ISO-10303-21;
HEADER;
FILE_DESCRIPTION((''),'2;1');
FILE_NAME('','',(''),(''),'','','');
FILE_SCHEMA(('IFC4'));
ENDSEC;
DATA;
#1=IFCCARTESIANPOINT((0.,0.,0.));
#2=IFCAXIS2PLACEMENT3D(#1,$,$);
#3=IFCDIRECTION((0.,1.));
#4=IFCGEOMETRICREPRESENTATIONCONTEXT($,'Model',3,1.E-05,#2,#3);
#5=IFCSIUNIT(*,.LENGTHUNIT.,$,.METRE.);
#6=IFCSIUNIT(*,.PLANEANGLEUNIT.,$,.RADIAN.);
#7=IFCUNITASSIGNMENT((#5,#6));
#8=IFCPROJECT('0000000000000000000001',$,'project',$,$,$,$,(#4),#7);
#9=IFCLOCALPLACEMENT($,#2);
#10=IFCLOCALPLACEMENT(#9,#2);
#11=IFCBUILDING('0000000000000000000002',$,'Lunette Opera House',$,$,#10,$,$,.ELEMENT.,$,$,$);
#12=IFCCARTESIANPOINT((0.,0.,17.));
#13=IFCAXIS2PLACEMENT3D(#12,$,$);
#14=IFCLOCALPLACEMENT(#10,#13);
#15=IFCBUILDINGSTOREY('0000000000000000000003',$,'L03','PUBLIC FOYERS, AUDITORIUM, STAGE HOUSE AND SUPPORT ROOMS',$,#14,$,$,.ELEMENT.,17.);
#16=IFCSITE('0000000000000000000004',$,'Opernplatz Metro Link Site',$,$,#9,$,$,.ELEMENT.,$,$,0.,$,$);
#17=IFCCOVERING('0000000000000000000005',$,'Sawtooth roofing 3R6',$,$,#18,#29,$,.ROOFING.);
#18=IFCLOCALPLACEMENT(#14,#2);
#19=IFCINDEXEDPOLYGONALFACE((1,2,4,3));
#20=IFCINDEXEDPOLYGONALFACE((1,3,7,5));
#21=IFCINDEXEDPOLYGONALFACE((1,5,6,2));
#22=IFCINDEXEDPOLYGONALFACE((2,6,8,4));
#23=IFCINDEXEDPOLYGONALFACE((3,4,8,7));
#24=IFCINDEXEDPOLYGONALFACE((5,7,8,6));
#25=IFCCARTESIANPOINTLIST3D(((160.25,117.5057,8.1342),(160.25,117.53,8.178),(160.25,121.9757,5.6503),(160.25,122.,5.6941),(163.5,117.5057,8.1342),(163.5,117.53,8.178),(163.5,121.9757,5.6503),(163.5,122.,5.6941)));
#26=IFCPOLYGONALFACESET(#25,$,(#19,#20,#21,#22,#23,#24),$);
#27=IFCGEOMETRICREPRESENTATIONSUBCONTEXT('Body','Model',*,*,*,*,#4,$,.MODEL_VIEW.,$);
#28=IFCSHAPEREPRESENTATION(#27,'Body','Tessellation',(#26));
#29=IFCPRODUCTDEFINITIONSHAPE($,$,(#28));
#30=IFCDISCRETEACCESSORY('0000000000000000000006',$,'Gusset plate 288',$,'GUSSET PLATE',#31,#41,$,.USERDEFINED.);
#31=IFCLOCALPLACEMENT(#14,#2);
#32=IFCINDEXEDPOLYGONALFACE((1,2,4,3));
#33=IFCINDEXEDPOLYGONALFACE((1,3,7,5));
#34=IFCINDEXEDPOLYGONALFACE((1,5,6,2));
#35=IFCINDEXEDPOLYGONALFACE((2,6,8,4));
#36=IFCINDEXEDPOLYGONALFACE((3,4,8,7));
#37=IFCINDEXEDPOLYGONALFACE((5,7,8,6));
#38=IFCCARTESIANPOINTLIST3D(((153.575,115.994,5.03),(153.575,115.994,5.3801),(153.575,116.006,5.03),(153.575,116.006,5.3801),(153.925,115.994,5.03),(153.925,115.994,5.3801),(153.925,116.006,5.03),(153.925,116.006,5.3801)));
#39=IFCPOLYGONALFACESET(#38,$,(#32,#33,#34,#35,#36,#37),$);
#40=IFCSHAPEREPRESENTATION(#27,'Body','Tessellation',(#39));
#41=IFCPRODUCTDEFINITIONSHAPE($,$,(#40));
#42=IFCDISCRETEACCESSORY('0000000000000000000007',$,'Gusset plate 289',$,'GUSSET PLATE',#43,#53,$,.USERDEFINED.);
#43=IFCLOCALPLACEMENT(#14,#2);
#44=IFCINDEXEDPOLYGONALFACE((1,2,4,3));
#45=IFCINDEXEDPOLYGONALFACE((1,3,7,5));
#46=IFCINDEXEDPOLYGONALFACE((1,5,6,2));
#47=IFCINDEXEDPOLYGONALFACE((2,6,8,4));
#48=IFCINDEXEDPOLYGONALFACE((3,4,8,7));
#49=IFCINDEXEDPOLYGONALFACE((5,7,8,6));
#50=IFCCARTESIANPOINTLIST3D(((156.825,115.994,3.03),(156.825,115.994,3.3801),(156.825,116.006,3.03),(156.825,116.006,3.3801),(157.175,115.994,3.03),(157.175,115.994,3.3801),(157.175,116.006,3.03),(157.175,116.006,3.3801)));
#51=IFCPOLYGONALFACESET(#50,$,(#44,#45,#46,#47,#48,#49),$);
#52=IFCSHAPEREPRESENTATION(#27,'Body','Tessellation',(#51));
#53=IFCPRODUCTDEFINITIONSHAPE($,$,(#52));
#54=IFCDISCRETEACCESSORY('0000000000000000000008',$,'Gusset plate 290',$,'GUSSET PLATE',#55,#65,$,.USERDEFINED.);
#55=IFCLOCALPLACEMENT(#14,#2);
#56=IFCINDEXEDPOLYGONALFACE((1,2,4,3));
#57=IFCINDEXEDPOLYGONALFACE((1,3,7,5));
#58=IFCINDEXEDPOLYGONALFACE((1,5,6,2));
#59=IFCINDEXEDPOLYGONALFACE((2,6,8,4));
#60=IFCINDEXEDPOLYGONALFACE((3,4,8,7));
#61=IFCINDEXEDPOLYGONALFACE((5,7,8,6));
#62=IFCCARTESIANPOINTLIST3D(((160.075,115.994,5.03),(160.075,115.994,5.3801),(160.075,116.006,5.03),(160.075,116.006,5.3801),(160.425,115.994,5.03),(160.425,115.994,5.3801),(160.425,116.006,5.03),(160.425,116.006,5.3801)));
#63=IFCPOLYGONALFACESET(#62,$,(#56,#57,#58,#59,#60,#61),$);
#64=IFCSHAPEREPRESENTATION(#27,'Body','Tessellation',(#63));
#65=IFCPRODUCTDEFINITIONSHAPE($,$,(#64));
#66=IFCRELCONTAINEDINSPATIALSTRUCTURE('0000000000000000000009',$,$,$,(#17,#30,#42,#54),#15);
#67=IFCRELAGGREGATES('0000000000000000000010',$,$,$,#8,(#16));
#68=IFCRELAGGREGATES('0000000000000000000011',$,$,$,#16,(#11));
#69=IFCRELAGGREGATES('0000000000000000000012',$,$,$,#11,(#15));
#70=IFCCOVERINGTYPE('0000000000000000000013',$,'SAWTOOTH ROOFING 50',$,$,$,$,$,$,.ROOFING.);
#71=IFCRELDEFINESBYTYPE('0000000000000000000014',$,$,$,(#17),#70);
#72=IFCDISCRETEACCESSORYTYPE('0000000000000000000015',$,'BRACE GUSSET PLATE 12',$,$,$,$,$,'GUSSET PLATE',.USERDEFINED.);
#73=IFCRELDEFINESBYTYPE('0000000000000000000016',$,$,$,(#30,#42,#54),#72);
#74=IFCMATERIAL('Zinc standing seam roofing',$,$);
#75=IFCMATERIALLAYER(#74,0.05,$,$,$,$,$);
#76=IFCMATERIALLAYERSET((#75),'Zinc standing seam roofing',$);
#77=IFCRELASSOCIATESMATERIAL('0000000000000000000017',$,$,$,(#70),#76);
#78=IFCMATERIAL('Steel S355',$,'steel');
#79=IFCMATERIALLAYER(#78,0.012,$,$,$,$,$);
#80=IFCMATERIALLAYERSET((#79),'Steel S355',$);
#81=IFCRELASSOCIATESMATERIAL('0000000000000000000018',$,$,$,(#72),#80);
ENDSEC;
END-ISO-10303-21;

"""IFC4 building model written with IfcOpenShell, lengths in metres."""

from ifc_helpers import new_model, si_unit, direction, frame, origin, origin_2d, place, context, subcontext, project, spatial, polyline, rectangle, outline, extrude, material, layer, layer_set, type_object, element, save


model = new_model("IFC4")

# Units and contexts
model_context = context("Model", 3, precision=1e-05, world=origin(), true_north=direction((0.0, 1.0)))
body_context = subcontext(model_context, "Body", "Model", "MODEL_VIEW")
ifc_project = project(units=[si_unit("LENGTHUNIT", "METRE"), si_unit("PLANEANGLEUNIT", "RADIAN")], contexts=[model_context])

# Site, building, storey
site_placement = place(None, origin())
site = spatial("IfcSite", under=ifc_project, at=site_placement, Name="Opernplatz Metro Link Site", CompositionType="ELEMENT", RefElevation=0.0)
building_placement = place(site_placement, origin())
building = spatial("IfcBuilding", under=site, at=building_placement, Name="Lunette Opera House", CompositionType="ELEMENT")
storey_placement = place(building_placement, frame((0.0, 0.0, 17.0)))
storey = spatial("IfcBuildingStorey", under=building, at=storey_placement, Name="L03", Description="PUBLIC FOYERS, AUDITORIUM, STAGE HOUSE AND SUPPORT ROOMS", CompositionType="ELEMENT", Elevation=17.0)

# Covering
ifc_material_1 = material(Name="Zinc standing seam roofing")
ifc_layer_1 = layer(ifc_material_1, 0.05)
ifc_layer_set_1 = layer_set([ifc_layer_1], Name="Zinc standing seam roofing")
covering_type = type_object("IfcCoveringType", Name="SAWTOOTH ROOFING 50", PredefinedType="ROOFING", material=ifc_layer_set_1)
for number, where, z_axis, x_axis, name in (
    (1, (160.25, 117.53, 8.178), (0.0, 0.485728, 0.87411), (1.0, 0.0, 0.0), "Sawtooth roofing 3R6"),
):
    element("IfcCovering", number, at=place(storey_placement, frame(where, z_axis=z_axis, x_axis=x_axis)), inside=storey, type_object=covering_type, Name=name, PredefinedType="ROOFING", context=body_context, shape_type="SweptSolid", body=[
        extrude(outline(polyline([(0.0, 0.0), (3.25, 0.0), (3.25, 5.1137), (0.0, 5.1137), (0.0, 0.0)])), origin(), (0.0, 0.0, -1.0), 0.05),
    ])

# Discrete accessories
ifc_material_2 = material(Name="Steel S355", Category="steel")
ifc_layer_2 = layer(ifc_material_2, 0.012)
ifc_layer_set_2 = layer_set([ifc_layer_2], Name="Steel S355")
discrete_accessory_type = type_object("IfcDiscreteAccessoryType", Name="BRACE GUSSET PLATE 12", ElementType="GUSSET PLATE", PredefinedType="USERDEFINED", material=ifc_layer_set_2)
for number, where, z_axis, x_axis, name in (
    (2, (153.75, 116.0, 5.03), (0.0, 0.0, 1.0), (1.0, 0.0, 0.0), "Gusset plate 288"),
    (3, (157.0, 116.0, 3.03), (0.0, 0.0, 1.0), (1.0, 0.0, 0.0), "Gusset plate 289"),
    (4, (160.25, 116.0, 5.03), (0.0, 0.0, 1.0), (1.0, 0.0, 0.0), "Gusset plate 290"),
):
    element("IfcDiscreteAccessory", number, at=place(storey_placement, frame(where, z_axis=z_axis, x_axis=x_axis)), inside=storey, type_object=discrete_accessory_type, Name=name, ObjectType="GUSSET PLATE", PredefinedType="USERDEFINED", context=body_context, shape_type="SweptSolid", body=[
        extrude(rectangle(XDim=0.3501, YDim=0.012, at=origin_2d()), origin(), (0.0, 0.0, 1.0), 0.3501),
    ])

save(model, "model.ifc")
